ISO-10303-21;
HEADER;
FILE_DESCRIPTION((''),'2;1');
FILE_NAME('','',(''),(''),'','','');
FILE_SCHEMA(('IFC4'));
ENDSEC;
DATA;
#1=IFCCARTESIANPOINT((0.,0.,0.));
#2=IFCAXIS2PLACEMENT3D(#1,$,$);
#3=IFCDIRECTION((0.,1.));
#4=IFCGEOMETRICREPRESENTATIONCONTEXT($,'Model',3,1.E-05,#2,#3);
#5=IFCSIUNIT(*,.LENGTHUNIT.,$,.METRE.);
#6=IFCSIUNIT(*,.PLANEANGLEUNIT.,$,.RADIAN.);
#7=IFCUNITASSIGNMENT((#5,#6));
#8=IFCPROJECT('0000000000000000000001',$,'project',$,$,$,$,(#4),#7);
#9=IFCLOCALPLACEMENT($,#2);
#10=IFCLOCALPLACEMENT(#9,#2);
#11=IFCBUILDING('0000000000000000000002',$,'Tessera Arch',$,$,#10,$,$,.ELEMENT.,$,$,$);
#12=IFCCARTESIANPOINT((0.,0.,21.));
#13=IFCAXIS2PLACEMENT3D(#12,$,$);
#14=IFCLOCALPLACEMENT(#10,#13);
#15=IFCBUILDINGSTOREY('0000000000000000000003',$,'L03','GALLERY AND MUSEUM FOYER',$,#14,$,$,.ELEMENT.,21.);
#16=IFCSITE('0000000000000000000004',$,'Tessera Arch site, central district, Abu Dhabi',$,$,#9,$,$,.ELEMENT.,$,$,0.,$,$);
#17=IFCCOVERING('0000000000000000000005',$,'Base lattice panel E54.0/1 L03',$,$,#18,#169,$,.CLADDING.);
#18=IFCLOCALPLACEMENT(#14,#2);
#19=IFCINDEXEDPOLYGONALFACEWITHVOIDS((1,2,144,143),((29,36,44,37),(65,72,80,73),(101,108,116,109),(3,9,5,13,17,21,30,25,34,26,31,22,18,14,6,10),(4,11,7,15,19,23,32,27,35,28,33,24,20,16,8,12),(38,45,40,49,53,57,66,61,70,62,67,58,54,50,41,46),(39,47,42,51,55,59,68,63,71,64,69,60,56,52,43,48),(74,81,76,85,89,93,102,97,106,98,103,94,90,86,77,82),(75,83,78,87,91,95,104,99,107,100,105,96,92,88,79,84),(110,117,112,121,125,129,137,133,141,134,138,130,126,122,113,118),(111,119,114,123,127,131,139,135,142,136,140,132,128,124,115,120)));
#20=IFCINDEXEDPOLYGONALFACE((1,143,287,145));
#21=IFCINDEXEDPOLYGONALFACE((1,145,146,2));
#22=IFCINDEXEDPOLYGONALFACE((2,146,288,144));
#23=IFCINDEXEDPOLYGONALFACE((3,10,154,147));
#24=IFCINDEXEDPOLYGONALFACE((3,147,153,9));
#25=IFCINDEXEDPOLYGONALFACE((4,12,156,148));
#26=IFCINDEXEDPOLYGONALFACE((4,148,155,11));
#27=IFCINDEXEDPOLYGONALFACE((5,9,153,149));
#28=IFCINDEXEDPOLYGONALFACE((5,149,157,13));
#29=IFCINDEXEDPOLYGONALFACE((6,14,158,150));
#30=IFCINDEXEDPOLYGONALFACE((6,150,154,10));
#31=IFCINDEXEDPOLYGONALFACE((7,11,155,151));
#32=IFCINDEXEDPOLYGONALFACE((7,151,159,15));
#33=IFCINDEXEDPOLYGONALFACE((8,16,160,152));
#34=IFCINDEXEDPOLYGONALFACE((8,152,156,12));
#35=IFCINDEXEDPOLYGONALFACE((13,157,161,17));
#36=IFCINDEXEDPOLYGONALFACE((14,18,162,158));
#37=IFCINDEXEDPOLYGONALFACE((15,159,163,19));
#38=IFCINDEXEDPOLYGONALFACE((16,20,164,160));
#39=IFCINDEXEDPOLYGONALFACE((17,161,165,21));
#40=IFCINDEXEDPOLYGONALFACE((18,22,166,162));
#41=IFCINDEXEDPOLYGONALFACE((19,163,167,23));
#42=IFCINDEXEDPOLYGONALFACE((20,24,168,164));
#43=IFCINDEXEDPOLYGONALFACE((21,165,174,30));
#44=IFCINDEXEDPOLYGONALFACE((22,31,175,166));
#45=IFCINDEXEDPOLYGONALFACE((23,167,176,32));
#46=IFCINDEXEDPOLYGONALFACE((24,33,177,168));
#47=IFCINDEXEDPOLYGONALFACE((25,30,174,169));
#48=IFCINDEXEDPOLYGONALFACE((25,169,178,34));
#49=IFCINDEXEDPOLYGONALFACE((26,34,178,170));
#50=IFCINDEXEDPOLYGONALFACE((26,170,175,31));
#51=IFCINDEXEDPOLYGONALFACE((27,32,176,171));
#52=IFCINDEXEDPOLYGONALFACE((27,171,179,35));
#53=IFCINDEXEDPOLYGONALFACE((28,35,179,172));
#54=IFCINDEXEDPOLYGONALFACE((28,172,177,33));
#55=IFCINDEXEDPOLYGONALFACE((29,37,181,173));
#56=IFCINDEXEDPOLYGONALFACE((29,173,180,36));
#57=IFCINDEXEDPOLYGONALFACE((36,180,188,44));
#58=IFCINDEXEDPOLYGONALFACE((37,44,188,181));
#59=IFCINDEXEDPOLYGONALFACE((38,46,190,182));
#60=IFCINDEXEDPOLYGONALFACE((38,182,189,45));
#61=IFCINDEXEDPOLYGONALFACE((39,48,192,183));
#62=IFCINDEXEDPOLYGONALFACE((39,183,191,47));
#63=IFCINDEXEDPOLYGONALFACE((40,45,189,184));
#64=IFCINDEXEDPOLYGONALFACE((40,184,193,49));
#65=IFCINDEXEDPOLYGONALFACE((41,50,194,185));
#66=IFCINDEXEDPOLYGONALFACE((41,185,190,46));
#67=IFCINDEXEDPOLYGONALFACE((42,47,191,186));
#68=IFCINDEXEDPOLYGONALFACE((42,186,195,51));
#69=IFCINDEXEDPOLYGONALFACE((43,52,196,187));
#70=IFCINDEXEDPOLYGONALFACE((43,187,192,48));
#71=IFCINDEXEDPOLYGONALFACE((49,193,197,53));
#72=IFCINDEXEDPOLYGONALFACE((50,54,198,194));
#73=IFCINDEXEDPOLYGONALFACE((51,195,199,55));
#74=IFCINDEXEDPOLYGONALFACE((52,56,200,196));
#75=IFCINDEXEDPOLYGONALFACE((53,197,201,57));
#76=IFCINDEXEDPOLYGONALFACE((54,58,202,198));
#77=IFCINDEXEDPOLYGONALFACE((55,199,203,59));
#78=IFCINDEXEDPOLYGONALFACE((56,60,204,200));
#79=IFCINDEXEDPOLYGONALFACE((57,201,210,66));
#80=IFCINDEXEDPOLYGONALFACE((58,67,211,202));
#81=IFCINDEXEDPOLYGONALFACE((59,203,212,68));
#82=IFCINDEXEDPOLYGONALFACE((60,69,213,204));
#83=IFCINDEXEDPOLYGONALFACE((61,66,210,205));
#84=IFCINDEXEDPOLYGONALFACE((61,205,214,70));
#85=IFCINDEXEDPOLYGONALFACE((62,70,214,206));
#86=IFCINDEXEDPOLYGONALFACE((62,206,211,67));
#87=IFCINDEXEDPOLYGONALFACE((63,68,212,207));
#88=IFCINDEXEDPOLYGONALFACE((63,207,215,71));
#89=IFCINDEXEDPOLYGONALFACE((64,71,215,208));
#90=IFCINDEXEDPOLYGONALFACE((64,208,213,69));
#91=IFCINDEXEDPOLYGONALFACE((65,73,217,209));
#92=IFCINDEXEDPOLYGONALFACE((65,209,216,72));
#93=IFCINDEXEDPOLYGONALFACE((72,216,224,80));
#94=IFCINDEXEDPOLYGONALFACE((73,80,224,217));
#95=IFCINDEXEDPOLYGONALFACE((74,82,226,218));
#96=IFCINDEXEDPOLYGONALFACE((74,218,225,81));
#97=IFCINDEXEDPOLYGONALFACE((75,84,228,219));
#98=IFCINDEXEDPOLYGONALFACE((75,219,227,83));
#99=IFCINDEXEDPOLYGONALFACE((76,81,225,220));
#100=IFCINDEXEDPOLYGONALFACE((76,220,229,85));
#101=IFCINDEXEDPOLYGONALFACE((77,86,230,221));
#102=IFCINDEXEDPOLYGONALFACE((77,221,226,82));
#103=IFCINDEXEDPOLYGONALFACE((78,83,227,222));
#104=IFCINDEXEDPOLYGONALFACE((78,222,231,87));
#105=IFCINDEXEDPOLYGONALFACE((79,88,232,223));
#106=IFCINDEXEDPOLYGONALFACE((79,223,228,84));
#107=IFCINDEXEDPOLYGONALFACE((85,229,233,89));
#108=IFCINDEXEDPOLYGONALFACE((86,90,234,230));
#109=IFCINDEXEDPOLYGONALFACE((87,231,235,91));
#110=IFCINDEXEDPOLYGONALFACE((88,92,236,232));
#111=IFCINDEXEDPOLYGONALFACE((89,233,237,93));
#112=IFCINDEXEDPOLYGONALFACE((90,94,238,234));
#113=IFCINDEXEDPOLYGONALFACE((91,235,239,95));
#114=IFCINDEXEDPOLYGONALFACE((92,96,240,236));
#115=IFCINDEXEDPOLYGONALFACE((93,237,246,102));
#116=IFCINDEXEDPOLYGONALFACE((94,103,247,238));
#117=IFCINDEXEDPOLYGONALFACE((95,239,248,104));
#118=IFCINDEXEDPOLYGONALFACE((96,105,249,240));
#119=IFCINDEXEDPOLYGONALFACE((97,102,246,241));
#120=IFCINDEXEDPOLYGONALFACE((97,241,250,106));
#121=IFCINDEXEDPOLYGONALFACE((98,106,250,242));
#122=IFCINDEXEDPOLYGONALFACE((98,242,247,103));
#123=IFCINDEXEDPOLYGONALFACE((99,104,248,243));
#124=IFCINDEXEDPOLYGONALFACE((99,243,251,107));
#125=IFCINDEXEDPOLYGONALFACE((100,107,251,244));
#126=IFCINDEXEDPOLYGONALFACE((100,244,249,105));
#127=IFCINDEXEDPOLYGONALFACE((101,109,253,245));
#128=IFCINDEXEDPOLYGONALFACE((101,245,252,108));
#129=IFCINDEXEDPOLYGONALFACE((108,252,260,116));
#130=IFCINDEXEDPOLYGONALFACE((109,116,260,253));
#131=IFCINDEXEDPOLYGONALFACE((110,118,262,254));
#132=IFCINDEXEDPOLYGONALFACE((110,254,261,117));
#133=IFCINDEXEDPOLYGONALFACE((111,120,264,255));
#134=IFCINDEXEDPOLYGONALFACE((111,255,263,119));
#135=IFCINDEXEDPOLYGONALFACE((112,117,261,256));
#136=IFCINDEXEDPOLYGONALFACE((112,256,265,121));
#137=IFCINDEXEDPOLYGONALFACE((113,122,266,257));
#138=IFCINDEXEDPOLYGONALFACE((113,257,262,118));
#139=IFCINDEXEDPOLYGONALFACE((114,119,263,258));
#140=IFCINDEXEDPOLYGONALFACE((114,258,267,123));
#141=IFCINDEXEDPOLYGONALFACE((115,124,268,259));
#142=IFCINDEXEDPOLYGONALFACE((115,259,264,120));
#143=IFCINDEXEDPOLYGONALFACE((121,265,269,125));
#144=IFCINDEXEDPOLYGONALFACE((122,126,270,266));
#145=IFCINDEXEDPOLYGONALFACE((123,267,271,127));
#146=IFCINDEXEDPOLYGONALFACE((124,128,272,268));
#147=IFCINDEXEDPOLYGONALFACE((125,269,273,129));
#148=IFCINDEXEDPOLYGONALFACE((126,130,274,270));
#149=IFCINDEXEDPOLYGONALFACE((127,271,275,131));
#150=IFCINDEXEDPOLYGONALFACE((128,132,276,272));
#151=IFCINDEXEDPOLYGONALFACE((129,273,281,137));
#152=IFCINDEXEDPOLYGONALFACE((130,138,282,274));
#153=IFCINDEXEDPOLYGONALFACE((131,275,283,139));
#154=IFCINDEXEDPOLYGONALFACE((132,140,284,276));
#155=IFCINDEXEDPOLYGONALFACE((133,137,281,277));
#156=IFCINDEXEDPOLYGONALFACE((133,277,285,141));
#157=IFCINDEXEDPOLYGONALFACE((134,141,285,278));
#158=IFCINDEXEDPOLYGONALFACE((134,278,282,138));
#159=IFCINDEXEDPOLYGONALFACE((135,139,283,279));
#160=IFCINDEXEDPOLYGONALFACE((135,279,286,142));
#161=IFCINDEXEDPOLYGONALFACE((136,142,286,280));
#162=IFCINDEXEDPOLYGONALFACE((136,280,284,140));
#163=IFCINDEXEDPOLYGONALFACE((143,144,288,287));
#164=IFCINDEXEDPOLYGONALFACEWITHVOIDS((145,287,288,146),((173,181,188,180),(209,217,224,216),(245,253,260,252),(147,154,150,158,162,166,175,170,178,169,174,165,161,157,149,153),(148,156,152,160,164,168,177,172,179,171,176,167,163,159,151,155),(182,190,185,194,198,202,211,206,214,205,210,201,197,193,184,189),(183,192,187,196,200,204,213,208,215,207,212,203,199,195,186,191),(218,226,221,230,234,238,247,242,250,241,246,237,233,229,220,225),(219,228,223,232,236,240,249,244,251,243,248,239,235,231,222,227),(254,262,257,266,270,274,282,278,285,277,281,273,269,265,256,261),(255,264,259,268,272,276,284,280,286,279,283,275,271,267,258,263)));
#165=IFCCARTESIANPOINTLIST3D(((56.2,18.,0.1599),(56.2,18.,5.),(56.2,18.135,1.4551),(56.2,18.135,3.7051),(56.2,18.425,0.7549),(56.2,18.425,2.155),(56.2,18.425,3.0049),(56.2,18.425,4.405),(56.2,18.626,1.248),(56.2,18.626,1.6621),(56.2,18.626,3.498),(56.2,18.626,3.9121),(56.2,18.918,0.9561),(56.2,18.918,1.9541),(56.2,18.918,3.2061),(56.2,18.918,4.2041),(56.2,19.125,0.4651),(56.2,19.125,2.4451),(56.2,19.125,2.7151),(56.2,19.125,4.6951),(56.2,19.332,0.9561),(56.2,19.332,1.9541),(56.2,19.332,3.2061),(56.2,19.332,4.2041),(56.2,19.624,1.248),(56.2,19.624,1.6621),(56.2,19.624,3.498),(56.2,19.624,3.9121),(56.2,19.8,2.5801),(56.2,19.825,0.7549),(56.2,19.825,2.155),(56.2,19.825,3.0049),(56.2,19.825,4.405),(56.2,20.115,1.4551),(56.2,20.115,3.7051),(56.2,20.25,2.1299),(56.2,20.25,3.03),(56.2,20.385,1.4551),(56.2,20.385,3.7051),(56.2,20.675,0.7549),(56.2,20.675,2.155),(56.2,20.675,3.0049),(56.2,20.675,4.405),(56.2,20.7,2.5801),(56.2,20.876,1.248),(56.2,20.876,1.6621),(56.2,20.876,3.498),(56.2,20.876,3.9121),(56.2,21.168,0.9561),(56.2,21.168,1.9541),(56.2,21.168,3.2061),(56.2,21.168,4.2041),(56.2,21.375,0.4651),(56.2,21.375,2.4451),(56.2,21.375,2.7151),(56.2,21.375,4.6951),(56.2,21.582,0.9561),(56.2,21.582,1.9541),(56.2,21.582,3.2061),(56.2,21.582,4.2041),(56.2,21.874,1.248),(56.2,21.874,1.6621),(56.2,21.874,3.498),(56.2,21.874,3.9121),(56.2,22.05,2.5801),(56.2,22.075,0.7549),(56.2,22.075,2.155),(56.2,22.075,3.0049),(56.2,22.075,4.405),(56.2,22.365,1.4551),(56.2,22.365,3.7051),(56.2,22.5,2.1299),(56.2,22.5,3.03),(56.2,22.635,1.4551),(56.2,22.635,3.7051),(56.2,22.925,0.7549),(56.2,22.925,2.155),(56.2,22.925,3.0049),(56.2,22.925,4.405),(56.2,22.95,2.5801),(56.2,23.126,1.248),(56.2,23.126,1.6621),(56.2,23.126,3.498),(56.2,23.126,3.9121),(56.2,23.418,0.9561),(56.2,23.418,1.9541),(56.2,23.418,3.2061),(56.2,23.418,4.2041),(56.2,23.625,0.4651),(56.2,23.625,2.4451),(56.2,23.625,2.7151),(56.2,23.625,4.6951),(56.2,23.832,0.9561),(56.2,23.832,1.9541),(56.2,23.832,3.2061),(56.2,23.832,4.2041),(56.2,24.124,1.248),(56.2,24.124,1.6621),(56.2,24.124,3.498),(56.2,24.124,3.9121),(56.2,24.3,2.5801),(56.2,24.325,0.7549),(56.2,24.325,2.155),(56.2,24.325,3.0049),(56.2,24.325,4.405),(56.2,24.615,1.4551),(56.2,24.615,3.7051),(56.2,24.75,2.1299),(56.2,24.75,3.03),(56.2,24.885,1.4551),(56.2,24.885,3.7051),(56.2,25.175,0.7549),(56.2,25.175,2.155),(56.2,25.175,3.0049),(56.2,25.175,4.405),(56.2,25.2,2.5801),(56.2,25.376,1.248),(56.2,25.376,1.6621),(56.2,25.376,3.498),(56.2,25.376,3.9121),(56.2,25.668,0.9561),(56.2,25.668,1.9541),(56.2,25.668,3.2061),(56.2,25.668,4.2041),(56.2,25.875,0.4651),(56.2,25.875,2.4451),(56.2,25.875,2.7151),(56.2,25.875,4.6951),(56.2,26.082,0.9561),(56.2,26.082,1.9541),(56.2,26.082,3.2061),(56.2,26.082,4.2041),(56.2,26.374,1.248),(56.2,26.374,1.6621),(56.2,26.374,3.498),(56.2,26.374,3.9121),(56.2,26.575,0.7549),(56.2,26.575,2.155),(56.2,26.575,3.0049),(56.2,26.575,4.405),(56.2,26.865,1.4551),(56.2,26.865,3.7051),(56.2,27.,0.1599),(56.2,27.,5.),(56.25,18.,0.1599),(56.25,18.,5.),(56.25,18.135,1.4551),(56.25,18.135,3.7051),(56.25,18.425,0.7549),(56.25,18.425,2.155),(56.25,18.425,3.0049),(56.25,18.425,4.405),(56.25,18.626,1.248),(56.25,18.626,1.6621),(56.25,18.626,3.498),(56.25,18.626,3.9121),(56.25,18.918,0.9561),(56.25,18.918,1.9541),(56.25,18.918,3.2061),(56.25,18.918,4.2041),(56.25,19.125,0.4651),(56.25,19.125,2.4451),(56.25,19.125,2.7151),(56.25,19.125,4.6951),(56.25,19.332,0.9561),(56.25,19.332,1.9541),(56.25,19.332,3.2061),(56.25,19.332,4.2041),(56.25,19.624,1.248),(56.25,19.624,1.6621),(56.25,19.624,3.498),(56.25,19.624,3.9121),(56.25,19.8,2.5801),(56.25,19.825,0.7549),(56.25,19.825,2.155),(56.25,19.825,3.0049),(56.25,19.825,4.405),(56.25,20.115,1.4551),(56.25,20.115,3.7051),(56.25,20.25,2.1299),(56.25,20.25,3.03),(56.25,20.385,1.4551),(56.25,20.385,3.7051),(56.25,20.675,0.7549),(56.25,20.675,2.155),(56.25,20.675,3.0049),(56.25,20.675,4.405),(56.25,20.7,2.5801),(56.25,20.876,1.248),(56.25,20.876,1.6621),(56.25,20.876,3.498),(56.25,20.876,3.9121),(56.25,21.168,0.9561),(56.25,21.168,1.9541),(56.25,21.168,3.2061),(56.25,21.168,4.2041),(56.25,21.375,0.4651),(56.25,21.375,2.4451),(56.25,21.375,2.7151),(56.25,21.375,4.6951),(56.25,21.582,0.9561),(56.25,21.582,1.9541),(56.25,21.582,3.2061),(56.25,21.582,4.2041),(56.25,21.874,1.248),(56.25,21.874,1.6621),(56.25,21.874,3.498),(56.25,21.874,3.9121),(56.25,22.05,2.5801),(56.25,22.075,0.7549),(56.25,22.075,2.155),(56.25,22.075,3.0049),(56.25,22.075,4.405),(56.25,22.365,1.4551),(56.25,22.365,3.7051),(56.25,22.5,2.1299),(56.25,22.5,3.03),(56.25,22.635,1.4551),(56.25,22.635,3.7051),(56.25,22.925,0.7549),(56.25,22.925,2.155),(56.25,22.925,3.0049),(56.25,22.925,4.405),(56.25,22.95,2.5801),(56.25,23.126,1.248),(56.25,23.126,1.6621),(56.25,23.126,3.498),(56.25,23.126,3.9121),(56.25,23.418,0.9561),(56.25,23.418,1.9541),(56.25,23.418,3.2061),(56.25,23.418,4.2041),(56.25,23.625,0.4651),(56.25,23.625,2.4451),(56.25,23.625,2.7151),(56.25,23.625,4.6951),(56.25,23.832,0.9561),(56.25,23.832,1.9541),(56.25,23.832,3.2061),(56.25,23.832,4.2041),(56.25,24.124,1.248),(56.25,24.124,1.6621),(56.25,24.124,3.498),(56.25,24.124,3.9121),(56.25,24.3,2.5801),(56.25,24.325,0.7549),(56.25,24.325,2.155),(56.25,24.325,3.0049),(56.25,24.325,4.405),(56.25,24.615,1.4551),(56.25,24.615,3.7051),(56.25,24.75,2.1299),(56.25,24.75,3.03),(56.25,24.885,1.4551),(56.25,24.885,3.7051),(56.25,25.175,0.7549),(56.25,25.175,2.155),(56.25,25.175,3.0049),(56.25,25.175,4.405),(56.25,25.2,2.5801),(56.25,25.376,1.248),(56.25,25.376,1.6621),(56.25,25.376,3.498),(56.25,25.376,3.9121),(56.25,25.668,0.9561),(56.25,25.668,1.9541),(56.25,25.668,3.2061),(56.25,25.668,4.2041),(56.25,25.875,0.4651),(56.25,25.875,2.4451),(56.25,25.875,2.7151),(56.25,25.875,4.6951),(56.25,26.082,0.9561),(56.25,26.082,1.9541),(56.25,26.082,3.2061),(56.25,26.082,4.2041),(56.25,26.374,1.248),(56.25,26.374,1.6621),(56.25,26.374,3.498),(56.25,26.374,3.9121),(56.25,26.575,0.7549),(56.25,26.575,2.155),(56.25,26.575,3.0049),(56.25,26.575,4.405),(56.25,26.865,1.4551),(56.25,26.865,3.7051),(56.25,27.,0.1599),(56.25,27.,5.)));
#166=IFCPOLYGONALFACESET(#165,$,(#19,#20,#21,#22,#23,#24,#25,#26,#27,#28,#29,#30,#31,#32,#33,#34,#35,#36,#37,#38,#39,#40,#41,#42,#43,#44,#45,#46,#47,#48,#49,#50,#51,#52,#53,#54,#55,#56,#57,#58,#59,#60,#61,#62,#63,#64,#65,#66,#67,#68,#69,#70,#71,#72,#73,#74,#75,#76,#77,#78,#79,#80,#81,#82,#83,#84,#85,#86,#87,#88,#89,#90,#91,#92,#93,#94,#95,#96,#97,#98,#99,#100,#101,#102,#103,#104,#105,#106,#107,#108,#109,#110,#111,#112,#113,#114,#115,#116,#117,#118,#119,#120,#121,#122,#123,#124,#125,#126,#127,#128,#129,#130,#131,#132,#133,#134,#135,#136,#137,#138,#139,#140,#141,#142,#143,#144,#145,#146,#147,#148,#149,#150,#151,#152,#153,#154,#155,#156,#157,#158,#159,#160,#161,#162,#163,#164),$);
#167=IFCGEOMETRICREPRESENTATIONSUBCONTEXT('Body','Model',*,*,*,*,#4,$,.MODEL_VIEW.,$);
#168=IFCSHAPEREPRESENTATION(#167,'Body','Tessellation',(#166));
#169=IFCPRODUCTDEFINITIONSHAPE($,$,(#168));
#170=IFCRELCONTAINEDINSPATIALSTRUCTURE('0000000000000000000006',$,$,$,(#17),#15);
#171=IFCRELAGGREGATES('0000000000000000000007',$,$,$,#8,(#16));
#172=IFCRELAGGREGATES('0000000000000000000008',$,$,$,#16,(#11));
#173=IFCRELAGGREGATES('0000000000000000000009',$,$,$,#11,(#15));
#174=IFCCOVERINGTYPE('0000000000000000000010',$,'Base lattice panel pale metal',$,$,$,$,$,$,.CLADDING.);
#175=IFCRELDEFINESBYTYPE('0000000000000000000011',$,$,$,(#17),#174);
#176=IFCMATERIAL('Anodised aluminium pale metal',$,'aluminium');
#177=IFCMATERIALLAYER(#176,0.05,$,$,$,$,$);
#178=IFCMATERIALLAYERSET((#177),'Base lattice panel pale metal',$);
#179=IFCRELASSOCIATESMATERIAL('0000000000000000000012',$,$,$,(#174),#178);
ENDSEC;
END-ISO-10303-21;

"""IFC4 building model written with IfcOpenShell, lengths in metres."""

from ifc_helpers import new_model, si_unit, direction, frame, origin, place, context, subcontext, project, spatial, polyline, outline, extrude, material, layer, layer_set, type_object, element, save


model = new_model("IFC4")

# Units and contexts
model_context = context("Model", 3, precision=1e-05, world=origin(), true_north=direction((0.0, 1.0)))
body_context = subcontext(model_context, "Body", "Model", "MODEL_VIEW")
ifc_project = project(units=[si_unit("LENGTHUNIT", "METRE"), si_unit("PLANEANGLEUNIT", "RADIAN")], contexts=[model_context])

# Site, building, storey
site_placement = place(None, origin())
site = spatial("IfcSite", under=ifc_project, at=site_placement, Name="Tessera Arch site, central district, Abu Dhabi", CompositionType="ELEMENT", RefElevation=0.0)
building_placement = place(site_placement, origin())
building = spatial("IfcBuilding", under=site, at=building_placement, Name="Tessera Arch", CompositionType="ELEMENT")
storey_placement = place(building_placement, frame((0.0, 0.0, 21.0)))
storey = spatial("IfcBuildingStorey", under=building, at=storey_placement, Name="L03", Description="GALLERY AND MUSEUM FOYER", CompositionType="ELEMENT", Elevation=21.0)

# Covering
ifc_material_1 = material(Name="Anodised aluminium pale metal", Category="aluminium")
ifc_layer_1 = layer(ifc_material_1, 0.05)
ifc_layer_set_1 = layer_set([ifc_layer_1], Name="Base lattice panel pale metal")
covering_type = type_object("IfcCoveringType", Name="Base lattice panel pale metal", PredefinedType="CLADDING", material=ifc_layer_set_1)
covering_1_placement = place(storey_placement, frame((56.2, 18.0, 5.0), z_axis=(-1.0, 0.0, 0.0), x_axis=(0.0, 1.0, 0.0)))
element("IfcCovering", 1, at=covering_1_placement, inside=storey, type_object=covering_type, Name="Base lattice panel E54.0/1 L03", PredefinedType="CLADDING", context=body_context, shape_type="SweptSolid", body=[
    extrude(outline(polyline([(0.0, 0.0), (9.0, 0.0), (9.0, 4.8401), (0.0, 4.8401), (0.0, 0.0)]), holes=[polyline([(2.115, 3.5449), (1.624, 3.3379), (1.825, 2.845), (1.332, 3.0459), (1.125, 2.5549), (0.918, 3.0459), (0.425, 2.845), (0.626, 3.3379), (0.135, 3.5449), (0.626, 3.752), (0.425, 4.2451), (0.918, 4.0439), (1.125, 4.5349), (1.332, 4.0439), (1.825, 4.2451), (1.624, 3.752), (2.115, 3.5449)]), polyline([(2.115, 1.2949), (1.624, 1.0879), (1.825, 0.595), (1.332, 0.7959), (1.125, 0.3049), (0.918, 0.7959), (0.425, 0.595), (0.626, 1.0879), (0.135, 1.2949), (0.626, 1.502), (0.425, 1.9951), (0.918, 1.7939), (1.125, 2.2849), (1.332, 1.7939), (1.825, 1.9951), (1.624, 1.502), (2.115, 1.2949)]), polyline([(4.365, 3.5449), (3.874, 3.3379), (4.075, 2.845), (3.582, 3.0459), (3.375, 2.5549), (3.168, 3.0459), (2.675, 2.845), (2.876, 3.3379), (2.385, 3.5449), (2.876, 3.752), (2.675, 4.2451), (3.168, 4.0439), (3.375, 4.5349), (3.582, 4.0439), (4.075, 4.2451), (3.874, 3.752), (4.365, 3.5449)]), polyline([(4.365, 1.2949), (3.874, 1.0879), (4.075, 0.595), (3.582, 0.7959), (3.375, 0.3049), (3.168, 0.7959), (2.675, 0.595), (2.876, 1.0879), (2.385, 1.2949), (2.876, 1.502), (2.675, 1.9951), (3.168, 1.7939), (3.375, 2.2849), (3.582, 1.7939), (4.075, 1.9951), (3.874, 1.502), (4.365, 1.2949)]), polyline([(6.615, 3.5449), (6.124, 3.3379), (6.325, 2.845), (5.832, 3.0459), (5.625, 2.5549), (5.418, 3.0459), (4.925, 2.845), (5.126, 3.3379), (4.635, 3.5449), (5.126, 3.752), (4.925, 4.2451), (5.418, 4.0439), (5.625, 4.5349), (5.832, 4.0439), (6.325, 4.2451), (6.124, 3.752), (6.615, 3.5449)]), polyline([(6.615, 1.2949), (6.124, 1.0879), (6.325, 0.595), (5.832, 0.7959), (5.625, 0.3049), (5.418, 0.7959), (4.925, 0.595), (5.126, 1.0879), (4.635, 1.2949), (5.126, 1.502), (4.925, 1.9951), (5.418, 1.7939), (5.625, 2.2849), (5.832, 1.7939), (6.325, 1.9951), (6.124, 1.502), (6.615, 1.2949)]), polyline([(8.865, 3.5449), (8.374, 3.3379), (8.575, 2.845), (8.082, 3.0459), (7.875, 2.5549), (7.668, 3.0459), (7.175, 2.845), (7.376, 3.3379), (6.885, 3.5449), (7.376, 3.752), (7.175, 4.2451), (7.668, 4.0439), (7.875, 4.5349), (8.082, 4.0439), (8.575, 4.2451), (8.374, 3.752), (8.865, 3.5449)]), polyline([(8.865, 1.2949), (8.374, 1.0879), (8.575, 0.595), (8.082, 0.7959), (7.875, 0.3049), (7.668, 0.7959), (7.175, 0.595), (7.376, 1.0879), (6.885, 1.2949), (7.376, 1.502), (7.175, 1.9951), (7.668, 1.7939), (7.875, 2.2849), (8.082, 1.7939), (8.575, 1.9951), (8.374, 1.502), (8.865, 1.2949)]), polyline([(2.7, 2.4199), (2.25, 1.97), (1.8, 2.4199), (2.25, 2.8701), (2.7, 2.4199)]), polyline([(4.95, 2.4199), (4.5, 1.97), (4.05, 2.4199), (4.5, 2.8701), (4.95, 2.4199)]), polyline([(7.2, 2.4199), (6.75, 1.97), (6.3, 2.4199), (6.75, 2.8701), (7.2, 2.4199)])]), origin(), (0.0, 0.0, -1.0), 0.05),
])

save(model, "model.ifc")
